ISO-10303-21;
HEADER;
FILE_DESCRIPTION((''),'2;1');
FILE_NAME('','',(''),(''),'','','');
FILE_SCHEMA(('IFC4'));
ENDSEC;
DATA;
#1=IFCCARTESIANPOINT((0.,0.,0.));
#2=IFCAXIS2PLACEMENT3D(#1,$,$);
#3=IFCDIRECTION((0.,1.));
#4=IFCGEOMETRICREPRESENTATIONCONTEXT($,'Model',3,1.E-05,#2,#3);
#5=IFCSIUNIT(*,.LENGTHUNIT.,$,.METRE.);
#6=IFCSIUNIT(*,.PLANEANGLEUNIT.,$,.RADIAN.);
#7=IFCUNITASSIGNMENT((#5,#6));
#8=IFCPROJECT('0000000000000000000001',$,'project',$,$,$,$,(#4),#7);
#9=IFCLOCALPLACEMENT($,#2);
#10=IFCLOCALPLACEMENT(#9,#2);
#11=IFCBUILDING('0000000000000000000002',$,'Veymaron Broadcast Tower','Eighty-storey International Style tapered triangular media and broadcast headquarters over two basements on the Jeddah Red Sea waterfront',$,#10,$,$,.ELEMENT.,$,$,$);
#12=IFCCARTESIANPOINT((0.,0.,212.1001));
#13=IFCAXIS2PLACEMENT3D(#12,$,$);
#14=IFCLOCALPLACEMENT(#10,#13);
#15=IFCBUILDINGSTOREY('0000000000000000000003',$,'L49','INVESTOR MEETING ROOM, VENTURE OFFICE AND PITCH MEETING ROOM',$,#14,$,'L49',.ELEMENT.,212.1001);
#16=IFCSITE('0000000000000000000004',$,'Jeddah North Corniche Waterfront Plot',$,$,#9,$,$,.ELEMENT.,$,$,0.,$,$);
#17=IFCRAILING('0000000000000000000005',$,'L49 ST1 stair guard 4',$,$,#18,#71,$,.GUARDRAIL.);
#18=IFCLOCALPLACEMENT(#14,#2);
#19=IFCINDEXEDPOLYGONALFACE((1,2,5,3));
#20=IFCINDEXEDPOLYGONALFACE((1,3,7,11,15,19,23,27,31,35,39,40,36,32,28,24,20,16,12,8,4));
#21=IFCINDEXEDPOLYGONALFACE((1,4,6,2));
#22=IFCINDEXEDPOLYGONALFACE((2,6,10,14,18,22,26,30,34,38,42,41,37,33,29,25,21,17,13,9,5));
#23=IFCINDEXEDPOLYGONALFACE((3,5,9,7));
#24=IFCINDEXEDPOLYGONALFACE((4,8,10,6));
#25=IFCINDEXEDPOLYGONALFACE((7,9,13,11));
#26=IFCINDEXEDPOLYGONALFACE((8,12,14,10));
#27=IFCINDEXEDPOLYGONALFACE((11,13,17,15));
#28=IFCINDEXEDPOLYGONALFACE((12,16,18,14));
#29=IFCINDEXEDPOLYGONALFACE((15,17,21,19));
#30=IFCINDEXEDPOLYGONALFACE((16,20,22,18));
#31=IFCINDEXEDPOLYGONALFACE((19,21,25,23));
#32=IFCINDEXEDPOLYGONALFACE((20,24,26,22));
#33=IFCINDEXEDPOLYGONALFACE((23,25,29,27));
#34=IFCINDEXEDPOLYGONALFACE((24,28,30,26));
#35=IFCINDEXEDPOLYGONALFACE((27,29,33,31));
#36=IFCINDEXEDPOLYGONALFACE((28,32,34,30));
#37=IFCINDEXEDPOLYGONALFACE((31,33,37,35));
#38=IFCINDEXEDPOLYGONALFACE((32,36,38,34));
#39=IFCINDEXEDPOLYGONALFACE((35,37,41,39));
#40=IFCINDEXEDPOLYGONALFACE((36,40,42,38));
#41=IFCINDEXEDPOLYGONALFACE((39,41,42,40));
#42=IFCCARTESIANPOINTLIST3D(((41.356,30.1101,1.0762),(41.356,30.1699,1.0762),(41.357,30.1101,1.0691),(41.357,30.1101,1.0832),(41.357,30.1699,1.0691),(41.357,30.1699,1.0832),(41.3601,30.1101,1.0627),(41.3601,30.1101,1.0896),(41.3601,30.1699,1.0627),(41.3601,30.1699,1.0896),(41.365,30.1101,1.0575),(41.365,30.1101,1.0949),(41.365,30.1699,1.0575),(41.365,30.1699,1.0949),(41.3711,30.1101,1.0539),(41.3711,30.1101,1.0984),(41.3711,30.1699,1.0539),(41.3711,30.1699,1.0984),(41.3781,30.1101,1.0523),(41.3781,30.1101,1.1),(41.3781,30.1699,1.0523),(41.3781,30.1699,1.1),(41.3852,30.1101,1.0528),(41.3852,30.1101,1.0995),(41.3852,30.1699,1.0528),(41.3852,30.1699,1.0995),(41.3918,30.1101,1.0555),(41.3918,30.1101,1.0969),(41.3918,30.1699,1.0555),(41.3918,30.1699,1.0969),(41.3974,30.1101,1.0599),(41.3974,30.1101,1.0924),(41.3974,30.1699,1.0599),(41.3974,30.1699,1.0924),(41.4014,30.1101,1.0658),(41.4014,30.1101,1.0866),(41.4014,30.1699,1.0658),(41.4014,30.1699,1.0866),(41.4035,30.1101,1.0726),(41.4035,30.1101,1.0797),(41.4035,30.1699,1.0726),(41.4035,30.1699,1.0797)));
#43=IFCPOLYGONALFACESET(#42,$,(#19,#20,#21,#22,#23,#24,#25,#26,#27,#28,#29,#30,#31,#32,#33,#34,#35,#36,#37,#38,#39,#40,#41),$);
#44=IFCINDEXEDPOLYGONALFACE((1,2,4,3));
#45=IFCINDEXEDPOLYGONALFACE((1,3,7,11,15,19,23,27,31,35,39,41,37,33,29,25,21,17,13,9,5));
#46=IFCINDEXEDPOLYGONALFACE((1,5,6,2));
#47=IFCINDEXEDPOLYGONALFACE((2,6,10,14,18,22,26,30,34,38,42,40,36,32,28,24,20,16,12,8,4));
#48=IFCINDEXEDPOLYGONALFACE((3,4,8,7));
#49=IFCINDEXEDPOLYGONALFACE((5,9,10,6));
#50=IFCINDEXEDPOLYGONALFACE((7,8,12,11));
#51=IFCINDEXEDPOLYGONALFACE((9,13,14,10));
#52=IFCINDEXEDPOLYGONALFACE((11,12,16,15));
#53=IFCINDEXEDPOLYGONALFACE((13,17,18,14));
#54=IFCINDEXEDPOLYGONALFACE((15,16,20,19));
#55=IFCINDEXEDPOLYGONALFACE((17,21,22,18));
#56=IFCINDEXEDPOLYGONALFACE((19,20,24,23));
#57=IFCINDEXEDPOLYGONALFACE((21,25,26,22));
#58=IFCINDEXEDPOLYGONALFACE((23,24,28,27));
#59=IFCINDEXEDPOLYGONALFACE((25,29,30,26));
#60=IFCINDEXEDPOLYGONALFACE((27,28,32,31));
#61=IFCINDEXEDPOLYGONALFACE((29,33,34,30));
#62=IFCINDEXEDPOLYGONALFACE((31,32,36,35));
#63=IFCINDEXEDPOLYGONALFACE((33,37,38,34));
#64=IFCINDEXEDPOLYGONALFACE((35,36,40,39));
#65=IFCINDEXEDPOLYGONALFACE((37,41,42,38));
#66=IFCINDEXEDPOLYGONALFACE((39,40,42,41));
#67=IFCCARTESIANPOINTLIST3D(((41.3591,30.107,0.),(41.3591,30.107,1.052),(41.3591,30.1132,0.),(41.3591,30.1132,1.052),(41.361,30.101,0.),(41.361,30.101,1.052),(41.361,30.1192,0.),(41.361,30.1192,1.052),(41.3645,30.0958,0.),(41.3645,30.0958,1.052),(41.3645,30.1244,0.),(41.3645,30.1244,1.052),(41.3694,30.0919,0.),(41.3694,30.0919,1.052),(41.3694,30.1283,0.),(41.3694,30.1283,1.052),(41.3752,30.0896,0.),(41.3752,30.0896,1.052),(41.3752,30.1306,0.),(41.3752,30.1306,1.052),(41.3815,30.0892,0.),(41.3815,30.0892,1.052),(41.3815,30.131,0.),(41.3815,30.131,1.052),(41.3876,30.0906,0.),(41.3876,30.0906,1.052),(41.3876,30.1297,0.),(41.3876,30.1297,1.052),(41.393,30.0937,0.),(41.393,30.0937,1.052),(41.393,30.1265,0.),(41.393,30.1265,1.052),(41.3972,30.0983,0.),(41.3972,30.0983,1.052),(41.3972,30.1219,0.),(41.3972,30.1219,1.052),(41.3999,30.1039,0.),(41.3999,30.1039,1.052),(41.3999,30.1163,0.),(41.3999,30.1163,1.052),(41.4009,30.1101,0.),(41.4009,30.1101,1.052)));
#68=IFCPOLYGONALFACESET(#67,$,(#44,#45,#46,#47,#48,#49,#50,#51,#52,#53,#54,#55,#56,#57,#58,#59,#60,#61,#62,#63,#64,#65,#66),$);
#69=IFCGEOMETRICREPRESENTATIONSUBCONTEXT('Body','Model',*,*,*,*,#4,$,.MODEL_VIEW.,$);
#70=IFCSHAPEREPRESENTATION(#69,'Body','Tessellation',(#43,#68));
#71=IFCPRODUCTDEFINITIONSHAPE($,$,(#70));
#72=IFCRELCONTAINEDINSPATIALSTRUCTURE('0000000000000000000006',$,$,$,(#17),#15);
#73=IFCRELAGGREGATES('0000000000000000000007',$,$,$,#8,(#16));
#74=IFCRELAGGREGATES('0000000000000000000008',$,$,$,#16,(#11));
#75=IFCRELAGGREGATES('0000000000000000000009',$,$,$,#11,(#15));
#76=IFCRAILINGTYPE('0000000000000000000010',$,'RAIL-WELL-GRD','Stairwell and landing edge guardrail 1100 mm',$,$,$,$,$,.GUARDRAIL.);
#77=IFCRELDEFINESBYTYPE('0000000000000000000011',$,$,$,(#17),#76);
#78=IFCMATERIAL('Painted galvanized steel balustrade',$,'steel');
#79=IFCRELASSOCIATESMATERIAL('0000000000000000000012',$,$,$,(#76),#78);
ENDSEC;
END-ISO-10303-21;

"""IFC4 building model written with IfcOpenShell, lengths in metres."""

from ifc_helpers import new_model, si_unit, direction, frame, origin, origin_2d, place, context, subcontext, project, spatial, circle, extrude, material, type_object, element, save


model = new_model("IFC4")

# Units and contexts
model_context = context("Model", 3, precision=1e-05, world=origin(), true_north=direction((0.0, 1.0)))
body_context = subcontext(model_context, "Body", "Model", "MODEL_VIEW")
ifc_project = project(units=[si_unit("LENGTHUNIT", "METRE"), si_unit("PLANEANGLEUNIT", "RADIAN")], contexts=[model_context])

# Site, building, storey
site_placement = place(None, origin())
site = spatial("IfcSite", under=ifc_project, at=site_placement, Name="Jeddah North Corniche Waterfront Plot", CompositionType="ELEMENT", RefElevation=0.0)
building_placement = place(site_placement, origin())
building = spatial("IfcBuilding", under=site, at=building_placement, Name="Veymaron Broadcast Tower", Description="Eighty-storey International Style tapered triangular media and broadcast headquarters over two basements on the Jeddah Red Sea waterfront", CompositionType="ELEMENT")
storey_placement = place(building_placement, frame((0.0, 0.0, 212.1001)))
storey = spatial("IfcBuildingStorey", under=building, at=storey_placement, Name="L49", Description="INVESTOR MEETING ROOM, VENTURE OFFICE AND PITCH MEETING ROOM", LongName="L49", CompositionType="ELEMENT", Elevation=212.1001)

# Railing
ifc_material_1 = material(Name="Painted galvanized steel balustrade", Category="steel")
railing_type_1 = type_object("IfcRailingType", Name="RAIL-WELL-GRD", Description="Stairwell and landing edge guardrail 1100 mm", PredefinedType="GUARDRAIL", material=ifc_material_1)
railing_1_placement = place(storey_placement, frame((41.3799, 30.1101, 0.0)))
element("IfcRailing", 1, at=railing_1_placement, inside=storey, type_object=railing_type_1, Name="L49 ST1 stair guard 4", PredefinedType="GUARDRAIL", context=body_context, shape_type="SweptSolid", body=[
    extrude(circle(Radius=0.0239, at=origin_2d()), frame((0.0, 0.0, 1.0762), z_axis=(0.0, 1.0, 0.0), x_axis=(-1.0, 0.0, 0.0)), (0.0, 0.0, 1.0), 0.0598),
    extrude(circle(Radius=0.021, at=origin_2d()), origin(), (0.0, 0.0, 1.0), 1.052),
])

save(model, "model.ifc")
